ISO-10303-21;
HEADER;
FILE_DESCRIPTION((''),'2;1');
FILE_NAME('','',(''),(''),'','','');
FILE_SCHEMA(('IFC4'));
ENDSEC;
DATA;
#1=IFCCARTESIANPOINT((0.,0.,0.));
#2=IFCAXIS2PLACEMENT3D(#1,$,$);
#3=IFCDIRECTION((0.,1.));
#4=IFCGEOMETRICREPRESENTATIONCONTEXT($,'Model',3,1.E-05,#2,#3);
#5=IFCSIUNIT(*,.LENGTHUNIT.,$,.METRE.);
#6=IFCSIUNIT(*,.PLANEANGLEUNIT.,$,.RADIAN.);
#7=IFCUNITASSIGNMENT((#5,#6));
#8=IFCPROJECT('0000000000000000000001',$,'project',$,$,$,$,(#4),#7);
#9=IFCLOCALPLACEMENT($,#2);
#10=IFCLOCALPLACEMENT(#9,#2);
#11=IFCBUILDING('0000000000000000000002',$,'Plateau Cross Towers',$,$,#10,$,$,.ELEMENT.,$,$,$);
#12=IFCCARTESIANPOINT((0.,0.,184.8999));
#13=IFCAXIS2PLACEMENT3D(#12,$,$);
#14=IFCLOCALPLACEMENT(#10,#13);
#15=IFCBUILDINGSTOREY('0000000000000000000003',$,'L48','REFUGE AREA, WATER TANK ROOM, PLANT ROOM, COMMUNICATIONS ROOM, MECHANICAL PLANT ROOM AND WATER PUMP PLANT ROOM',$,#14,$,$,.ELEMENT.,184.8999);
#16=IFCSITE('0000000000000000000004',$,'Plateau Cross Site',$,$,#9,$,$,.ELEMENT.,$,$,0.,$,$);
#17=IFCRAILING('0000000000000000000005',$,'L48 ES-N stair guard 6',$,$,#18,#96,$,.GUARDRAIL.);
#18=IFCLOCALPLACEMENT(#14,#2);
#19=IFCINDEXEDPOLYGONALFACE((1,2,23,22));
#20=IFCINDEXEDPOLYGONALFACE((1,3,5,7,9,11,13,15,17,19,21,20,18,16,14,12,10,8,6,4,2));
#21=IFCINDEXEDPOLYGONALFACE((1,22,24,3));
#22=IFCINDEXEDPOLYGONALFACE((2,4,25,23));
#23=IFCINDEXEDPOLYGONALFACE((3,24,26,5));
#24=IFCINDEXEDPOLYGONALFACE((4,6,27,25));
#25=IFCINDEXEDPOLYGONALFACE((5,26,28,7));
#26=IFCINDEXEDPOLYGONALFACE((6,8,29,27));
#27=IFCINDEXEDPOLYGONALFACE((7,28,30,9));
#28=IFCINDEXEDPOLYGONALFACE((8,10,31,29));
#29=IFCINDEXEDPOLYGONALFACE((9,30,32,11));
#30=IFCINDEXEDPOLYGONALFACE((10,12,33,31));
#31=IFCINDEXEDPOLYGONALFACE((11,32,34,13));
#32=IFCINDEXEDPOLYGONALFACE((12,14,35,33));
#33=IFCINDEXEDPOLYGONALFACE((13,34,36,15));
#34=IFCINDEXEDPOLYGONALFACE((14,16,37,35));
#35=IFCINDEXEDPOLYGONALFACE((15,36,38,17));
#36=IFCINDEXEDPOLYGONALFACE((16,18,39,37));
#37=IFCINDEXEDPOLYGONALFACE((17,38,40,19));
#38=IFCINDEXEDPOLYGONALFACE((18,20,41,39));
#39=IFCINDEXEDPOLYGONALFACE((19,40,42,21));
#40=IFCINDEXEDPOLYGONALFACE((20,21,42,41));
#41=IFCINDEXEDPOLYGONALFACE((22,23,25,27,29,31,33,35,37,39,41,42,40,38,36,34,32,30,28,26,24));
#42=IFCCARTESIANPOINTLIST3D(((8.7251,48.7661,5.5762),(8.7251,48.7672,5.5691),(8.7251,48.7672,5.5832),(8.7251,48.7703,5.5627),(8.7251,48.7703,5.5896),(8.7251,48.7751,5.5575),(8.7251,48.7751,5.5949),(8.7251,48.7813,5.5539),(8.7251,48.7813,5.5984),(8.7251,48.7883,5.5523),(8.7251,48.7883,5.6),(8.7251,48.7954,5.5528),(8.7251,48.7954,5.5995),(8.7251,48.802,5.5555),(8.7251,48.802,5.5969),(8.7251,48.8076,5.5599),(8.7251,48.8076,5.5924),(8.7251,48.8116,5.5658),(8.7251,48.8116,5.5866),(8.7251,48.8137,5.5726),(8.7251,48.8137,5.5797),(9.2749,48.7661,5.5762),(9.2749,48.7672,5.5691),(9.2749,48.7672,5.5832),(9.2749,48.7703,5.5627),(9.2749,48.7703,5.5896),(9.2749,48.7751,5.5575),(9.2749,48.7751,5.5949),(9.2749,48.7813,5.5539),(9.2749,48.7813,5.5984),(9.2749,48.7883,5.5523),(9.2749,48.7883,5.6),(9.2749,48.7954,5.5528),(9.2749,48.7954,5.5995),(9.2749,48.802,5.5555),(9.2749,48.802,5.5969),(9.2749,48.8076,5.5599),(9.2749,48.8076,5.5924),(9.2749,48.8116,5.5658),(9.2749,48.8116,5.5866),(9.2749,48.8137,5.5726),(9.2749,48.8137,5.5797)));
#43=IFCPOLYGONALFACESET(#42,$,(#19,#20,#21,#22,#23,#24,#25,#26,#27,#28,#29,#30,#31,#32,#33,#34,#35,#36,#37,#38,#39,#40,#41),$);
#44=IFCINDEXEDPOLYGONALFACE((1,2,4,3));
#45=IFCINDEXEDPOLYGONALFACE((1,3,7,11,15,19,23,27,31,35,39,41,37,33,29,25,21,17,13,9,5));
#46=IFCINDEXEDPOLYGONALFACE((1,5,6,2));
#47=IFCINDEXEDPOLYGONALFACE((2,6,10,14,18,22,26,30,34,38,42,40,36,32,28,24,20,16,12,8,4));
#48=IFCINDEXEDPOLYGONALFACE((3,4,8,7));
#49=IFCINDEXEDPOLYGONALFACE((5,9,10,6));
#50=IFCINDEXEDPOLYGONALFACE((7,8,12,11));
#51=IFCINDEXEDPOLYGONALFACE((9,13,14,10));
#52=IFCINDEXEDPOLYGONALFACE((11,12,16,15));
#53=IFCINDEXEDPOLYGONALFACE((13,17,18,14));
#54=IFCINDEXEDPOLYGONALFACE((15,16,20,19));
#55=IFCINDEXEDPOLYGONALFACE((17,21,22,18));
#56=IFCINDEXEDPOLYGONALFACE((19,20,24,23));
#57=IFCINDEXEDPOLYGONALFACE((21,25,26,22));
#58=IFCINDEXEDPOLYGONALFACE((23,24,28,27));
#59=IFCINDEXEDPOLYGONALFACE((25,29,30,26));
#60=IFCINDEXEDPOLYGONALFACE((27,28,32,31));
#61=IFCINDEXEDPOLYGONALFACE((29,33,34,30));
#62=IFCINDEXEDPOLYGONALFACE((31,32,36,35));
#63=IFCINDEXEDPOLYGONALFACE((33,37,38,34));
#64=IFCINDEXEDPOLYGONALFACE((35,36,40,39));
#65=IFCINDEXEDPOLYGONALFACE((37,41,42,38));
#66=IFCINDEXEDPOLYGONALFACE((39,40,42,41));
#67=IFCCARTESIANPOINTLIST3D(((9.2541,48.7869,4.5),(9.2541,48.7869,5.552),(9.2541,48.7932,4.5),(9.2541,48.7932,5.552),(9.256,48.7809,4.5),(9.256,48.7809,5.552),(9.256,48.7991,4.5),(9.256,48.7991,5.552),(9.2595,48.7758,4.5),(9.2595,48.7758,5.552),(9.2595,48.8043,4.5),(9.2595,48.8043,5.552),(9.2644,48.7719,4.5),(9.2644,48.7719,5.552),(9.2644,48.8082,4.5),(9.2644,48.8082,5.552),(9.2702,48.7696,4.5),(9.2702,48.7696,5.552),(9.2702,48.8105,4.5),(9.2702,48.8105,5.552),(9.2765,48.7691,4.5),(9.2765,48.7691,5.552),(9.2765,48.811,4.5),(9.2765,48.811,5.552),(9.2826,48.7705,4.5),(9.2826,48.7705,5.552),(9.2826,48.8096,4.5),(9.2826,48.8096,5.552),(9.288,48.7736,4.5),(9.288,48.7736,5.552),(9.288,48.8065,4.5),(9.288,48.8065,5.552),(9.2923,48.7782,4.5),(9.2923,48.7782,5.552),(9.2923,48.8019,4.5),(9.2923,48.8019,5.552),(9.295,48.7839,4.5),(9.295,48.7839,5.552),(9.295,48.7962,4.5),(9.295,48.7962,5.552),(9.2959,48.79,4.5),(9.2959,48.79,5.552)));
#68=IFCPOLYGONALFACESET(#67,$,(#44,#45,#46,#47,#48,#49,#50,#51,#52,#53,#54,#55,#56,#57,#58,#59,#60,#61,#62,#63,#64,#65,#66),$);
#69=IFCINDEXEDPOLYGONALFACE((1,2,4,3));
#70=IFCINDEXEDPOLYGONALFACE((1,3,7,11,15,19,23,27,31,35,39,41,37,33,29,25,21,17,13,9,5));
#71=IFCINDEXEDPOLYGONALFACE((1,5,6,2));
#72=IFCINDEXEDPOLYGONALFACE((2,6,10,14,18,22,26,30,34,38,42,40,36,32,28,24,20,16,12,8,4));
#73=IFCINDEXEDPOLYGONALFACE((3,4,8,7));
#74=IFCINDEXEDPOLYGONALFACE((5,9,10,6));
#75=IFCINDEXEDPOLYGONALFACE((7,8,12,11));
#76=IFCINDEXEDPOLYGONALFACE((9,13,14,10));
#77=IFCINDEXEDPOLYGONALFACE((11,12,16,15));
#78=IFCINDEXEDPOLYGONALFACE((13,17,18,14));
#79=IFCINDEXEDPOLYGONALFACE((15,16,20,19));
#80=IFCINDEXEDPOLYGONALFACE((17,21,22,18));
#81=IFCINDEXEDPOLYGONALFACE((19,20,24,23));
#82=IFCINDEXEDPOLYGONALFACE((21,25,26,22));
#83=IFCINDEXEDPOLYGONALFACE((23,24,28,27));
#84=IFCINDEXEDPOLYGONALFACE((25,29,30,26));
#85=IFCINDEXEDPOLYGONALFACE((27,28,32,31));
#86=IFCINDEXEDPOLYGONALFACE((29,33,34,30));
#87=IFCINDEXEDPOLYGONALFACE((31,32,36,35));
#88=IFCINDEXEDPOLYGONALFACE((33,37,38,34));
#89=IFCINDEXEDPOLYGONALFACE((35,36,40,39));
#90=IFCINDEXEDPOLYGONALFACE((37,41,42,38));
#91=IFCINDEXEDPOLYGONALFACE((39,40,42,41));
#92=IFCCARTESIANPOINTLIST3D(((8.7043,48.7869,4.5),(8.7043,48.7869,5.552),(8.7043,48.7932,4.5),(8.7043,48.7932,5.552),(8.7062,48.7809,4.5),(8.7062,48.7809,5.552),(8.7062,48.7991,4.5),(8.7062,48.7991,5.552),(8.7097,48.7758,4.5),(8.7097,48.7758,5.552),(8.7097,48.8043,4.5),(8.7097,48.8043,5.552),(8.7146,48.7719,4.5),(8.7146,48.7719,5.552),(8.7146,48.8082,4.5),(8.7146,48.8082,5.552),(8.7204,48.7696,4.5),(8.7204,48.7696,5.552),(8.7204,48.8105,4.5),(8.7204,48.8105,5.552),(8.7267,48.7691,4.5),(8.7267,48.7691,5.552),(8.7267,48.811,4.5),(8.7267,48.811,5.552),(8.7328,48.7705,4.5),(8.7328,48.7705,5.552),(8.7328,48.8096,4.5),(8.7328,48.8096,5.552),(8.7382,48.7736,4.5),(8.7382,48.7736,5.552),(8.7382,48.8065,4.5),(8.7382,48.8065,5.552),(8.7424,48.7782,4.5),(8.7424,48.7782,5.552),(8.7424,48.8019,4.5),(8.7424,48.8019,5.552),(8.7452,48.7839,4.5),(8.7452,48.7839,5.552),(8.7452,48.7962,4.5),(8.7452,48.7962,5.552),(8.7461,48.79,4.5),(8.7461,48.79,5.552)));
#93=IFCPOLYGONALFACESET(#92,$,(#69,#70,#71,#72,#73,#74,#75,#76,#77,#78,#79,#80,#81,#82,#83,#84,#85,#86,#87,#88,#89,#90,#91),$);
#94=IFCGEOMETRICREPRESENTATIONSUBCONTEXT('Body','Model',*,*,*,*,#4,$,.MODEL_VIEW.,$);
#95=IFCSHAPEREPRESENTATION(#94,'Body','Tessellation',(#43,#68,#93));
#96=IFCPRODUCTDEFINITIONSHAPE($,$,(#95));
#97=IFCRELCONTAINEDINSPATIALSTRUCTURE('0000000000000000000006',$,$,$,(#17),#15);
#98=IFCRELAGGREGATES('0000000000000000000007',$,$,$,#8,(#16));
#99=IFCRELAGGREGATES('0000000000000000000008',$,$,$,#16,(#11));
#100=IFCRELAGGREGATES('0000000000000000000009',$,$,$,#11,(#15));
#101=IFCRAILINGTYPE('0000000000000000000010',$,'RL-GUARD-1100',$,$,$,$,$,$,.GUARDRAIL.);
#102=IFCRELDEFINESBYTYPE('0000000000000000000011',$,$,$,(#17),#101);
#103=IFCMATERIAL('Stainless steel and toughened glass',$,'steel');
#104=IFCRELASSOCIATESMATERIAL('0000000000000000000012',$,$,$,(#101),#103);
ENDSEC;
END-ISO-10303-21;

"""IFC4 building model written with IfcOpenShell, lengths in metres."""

from ifc_helpers import new_model, si_unit, direction, frame, origin, origin_2d, place, context, subcontext, project, spatial, circle, extrude, material, type_object, element, save


model = new_model("IFC4")

# Units and contexts
model_context = context("Model", 3, precision=1e-05, world=origin(), true_north=direction((0.0, 1.0)))
body_context = subcontext(model_context, "Body", "Model", "MODEL_VIEW")
ifc_project = project(units=[si_unit("LENGTHUNIT", "METRE"), si_unit("PLANEANGLEUNIT", "RADIAN")], contexts=[model_context])

# Site, building, storey
site_placement = place(None, origin())
site = spatial("IfcSite", under=ifc_project, at=site_placement, Name="Plateau Cross Site", CompositionType="ELEMENT", RefElevation=0.0)
building_placement = place(site_placement, origin())
building = spatial("IfcBuilding", under=site, at=building_placement, Name="Plateau Cross Towers", CompositionType="ELEMENT")
storey_placement = place(building_placement, frame((0.0, 0.0, 184.8999)))
storey = spatial("IfcBuildingStorey", under=building, at=storey_placement, Name="L48", Description="REFUGE AREA, WATER TANK ROOM, PLANT ROOM, COMMUNICATIONS ROOM, MECHANICAL PLANT ROOM AND WATER PUMP PLANT ROOM", CompositionType="ELEMENT", Elevation=184.8999)

# Railing
ifc_material_1 = material(Name="Stainless steel and toughened glass", Category="steel")
railing_type_1 = type_object("IfcRailingType", Name="RL-GUARD-1100", PredefinedType="GUARDRAIL", material=ifc_material_1)
railing_1_placement = place(storey_placement, frame((9.2749, 48.79, 4.5)))
element("IfcRailing", 1, at=railing_1_placement, inside=storey, type_object=railing_type_1, Name="L48 ES-N stair guard 6", PredefinedType="GUARDRAIL", context=body_context, shape_type="SweptSolid", body=[
    extrude(circle(Radius=0.0239, at=origin_2d()), frame((0.0, 0.0, 1.0762), z_axis=(-1.0, 0.0, 0.0), x_axis=(0.0, -1.0, 0.0)), (0.0, 0.0, 1.0), 0.5498),
    extrude(circle(Radius=0.021, at=origin_2d()), origin(), (0.0, 0.0, 1.0), 1.052),
    extrude(circle(Radius=0.021, at=origin_2d()), frame((-0.5498, 0.0, 0.0)), (0.0, 0.0, 1.0), 1.052),
])

save(model, "model.ifc")
